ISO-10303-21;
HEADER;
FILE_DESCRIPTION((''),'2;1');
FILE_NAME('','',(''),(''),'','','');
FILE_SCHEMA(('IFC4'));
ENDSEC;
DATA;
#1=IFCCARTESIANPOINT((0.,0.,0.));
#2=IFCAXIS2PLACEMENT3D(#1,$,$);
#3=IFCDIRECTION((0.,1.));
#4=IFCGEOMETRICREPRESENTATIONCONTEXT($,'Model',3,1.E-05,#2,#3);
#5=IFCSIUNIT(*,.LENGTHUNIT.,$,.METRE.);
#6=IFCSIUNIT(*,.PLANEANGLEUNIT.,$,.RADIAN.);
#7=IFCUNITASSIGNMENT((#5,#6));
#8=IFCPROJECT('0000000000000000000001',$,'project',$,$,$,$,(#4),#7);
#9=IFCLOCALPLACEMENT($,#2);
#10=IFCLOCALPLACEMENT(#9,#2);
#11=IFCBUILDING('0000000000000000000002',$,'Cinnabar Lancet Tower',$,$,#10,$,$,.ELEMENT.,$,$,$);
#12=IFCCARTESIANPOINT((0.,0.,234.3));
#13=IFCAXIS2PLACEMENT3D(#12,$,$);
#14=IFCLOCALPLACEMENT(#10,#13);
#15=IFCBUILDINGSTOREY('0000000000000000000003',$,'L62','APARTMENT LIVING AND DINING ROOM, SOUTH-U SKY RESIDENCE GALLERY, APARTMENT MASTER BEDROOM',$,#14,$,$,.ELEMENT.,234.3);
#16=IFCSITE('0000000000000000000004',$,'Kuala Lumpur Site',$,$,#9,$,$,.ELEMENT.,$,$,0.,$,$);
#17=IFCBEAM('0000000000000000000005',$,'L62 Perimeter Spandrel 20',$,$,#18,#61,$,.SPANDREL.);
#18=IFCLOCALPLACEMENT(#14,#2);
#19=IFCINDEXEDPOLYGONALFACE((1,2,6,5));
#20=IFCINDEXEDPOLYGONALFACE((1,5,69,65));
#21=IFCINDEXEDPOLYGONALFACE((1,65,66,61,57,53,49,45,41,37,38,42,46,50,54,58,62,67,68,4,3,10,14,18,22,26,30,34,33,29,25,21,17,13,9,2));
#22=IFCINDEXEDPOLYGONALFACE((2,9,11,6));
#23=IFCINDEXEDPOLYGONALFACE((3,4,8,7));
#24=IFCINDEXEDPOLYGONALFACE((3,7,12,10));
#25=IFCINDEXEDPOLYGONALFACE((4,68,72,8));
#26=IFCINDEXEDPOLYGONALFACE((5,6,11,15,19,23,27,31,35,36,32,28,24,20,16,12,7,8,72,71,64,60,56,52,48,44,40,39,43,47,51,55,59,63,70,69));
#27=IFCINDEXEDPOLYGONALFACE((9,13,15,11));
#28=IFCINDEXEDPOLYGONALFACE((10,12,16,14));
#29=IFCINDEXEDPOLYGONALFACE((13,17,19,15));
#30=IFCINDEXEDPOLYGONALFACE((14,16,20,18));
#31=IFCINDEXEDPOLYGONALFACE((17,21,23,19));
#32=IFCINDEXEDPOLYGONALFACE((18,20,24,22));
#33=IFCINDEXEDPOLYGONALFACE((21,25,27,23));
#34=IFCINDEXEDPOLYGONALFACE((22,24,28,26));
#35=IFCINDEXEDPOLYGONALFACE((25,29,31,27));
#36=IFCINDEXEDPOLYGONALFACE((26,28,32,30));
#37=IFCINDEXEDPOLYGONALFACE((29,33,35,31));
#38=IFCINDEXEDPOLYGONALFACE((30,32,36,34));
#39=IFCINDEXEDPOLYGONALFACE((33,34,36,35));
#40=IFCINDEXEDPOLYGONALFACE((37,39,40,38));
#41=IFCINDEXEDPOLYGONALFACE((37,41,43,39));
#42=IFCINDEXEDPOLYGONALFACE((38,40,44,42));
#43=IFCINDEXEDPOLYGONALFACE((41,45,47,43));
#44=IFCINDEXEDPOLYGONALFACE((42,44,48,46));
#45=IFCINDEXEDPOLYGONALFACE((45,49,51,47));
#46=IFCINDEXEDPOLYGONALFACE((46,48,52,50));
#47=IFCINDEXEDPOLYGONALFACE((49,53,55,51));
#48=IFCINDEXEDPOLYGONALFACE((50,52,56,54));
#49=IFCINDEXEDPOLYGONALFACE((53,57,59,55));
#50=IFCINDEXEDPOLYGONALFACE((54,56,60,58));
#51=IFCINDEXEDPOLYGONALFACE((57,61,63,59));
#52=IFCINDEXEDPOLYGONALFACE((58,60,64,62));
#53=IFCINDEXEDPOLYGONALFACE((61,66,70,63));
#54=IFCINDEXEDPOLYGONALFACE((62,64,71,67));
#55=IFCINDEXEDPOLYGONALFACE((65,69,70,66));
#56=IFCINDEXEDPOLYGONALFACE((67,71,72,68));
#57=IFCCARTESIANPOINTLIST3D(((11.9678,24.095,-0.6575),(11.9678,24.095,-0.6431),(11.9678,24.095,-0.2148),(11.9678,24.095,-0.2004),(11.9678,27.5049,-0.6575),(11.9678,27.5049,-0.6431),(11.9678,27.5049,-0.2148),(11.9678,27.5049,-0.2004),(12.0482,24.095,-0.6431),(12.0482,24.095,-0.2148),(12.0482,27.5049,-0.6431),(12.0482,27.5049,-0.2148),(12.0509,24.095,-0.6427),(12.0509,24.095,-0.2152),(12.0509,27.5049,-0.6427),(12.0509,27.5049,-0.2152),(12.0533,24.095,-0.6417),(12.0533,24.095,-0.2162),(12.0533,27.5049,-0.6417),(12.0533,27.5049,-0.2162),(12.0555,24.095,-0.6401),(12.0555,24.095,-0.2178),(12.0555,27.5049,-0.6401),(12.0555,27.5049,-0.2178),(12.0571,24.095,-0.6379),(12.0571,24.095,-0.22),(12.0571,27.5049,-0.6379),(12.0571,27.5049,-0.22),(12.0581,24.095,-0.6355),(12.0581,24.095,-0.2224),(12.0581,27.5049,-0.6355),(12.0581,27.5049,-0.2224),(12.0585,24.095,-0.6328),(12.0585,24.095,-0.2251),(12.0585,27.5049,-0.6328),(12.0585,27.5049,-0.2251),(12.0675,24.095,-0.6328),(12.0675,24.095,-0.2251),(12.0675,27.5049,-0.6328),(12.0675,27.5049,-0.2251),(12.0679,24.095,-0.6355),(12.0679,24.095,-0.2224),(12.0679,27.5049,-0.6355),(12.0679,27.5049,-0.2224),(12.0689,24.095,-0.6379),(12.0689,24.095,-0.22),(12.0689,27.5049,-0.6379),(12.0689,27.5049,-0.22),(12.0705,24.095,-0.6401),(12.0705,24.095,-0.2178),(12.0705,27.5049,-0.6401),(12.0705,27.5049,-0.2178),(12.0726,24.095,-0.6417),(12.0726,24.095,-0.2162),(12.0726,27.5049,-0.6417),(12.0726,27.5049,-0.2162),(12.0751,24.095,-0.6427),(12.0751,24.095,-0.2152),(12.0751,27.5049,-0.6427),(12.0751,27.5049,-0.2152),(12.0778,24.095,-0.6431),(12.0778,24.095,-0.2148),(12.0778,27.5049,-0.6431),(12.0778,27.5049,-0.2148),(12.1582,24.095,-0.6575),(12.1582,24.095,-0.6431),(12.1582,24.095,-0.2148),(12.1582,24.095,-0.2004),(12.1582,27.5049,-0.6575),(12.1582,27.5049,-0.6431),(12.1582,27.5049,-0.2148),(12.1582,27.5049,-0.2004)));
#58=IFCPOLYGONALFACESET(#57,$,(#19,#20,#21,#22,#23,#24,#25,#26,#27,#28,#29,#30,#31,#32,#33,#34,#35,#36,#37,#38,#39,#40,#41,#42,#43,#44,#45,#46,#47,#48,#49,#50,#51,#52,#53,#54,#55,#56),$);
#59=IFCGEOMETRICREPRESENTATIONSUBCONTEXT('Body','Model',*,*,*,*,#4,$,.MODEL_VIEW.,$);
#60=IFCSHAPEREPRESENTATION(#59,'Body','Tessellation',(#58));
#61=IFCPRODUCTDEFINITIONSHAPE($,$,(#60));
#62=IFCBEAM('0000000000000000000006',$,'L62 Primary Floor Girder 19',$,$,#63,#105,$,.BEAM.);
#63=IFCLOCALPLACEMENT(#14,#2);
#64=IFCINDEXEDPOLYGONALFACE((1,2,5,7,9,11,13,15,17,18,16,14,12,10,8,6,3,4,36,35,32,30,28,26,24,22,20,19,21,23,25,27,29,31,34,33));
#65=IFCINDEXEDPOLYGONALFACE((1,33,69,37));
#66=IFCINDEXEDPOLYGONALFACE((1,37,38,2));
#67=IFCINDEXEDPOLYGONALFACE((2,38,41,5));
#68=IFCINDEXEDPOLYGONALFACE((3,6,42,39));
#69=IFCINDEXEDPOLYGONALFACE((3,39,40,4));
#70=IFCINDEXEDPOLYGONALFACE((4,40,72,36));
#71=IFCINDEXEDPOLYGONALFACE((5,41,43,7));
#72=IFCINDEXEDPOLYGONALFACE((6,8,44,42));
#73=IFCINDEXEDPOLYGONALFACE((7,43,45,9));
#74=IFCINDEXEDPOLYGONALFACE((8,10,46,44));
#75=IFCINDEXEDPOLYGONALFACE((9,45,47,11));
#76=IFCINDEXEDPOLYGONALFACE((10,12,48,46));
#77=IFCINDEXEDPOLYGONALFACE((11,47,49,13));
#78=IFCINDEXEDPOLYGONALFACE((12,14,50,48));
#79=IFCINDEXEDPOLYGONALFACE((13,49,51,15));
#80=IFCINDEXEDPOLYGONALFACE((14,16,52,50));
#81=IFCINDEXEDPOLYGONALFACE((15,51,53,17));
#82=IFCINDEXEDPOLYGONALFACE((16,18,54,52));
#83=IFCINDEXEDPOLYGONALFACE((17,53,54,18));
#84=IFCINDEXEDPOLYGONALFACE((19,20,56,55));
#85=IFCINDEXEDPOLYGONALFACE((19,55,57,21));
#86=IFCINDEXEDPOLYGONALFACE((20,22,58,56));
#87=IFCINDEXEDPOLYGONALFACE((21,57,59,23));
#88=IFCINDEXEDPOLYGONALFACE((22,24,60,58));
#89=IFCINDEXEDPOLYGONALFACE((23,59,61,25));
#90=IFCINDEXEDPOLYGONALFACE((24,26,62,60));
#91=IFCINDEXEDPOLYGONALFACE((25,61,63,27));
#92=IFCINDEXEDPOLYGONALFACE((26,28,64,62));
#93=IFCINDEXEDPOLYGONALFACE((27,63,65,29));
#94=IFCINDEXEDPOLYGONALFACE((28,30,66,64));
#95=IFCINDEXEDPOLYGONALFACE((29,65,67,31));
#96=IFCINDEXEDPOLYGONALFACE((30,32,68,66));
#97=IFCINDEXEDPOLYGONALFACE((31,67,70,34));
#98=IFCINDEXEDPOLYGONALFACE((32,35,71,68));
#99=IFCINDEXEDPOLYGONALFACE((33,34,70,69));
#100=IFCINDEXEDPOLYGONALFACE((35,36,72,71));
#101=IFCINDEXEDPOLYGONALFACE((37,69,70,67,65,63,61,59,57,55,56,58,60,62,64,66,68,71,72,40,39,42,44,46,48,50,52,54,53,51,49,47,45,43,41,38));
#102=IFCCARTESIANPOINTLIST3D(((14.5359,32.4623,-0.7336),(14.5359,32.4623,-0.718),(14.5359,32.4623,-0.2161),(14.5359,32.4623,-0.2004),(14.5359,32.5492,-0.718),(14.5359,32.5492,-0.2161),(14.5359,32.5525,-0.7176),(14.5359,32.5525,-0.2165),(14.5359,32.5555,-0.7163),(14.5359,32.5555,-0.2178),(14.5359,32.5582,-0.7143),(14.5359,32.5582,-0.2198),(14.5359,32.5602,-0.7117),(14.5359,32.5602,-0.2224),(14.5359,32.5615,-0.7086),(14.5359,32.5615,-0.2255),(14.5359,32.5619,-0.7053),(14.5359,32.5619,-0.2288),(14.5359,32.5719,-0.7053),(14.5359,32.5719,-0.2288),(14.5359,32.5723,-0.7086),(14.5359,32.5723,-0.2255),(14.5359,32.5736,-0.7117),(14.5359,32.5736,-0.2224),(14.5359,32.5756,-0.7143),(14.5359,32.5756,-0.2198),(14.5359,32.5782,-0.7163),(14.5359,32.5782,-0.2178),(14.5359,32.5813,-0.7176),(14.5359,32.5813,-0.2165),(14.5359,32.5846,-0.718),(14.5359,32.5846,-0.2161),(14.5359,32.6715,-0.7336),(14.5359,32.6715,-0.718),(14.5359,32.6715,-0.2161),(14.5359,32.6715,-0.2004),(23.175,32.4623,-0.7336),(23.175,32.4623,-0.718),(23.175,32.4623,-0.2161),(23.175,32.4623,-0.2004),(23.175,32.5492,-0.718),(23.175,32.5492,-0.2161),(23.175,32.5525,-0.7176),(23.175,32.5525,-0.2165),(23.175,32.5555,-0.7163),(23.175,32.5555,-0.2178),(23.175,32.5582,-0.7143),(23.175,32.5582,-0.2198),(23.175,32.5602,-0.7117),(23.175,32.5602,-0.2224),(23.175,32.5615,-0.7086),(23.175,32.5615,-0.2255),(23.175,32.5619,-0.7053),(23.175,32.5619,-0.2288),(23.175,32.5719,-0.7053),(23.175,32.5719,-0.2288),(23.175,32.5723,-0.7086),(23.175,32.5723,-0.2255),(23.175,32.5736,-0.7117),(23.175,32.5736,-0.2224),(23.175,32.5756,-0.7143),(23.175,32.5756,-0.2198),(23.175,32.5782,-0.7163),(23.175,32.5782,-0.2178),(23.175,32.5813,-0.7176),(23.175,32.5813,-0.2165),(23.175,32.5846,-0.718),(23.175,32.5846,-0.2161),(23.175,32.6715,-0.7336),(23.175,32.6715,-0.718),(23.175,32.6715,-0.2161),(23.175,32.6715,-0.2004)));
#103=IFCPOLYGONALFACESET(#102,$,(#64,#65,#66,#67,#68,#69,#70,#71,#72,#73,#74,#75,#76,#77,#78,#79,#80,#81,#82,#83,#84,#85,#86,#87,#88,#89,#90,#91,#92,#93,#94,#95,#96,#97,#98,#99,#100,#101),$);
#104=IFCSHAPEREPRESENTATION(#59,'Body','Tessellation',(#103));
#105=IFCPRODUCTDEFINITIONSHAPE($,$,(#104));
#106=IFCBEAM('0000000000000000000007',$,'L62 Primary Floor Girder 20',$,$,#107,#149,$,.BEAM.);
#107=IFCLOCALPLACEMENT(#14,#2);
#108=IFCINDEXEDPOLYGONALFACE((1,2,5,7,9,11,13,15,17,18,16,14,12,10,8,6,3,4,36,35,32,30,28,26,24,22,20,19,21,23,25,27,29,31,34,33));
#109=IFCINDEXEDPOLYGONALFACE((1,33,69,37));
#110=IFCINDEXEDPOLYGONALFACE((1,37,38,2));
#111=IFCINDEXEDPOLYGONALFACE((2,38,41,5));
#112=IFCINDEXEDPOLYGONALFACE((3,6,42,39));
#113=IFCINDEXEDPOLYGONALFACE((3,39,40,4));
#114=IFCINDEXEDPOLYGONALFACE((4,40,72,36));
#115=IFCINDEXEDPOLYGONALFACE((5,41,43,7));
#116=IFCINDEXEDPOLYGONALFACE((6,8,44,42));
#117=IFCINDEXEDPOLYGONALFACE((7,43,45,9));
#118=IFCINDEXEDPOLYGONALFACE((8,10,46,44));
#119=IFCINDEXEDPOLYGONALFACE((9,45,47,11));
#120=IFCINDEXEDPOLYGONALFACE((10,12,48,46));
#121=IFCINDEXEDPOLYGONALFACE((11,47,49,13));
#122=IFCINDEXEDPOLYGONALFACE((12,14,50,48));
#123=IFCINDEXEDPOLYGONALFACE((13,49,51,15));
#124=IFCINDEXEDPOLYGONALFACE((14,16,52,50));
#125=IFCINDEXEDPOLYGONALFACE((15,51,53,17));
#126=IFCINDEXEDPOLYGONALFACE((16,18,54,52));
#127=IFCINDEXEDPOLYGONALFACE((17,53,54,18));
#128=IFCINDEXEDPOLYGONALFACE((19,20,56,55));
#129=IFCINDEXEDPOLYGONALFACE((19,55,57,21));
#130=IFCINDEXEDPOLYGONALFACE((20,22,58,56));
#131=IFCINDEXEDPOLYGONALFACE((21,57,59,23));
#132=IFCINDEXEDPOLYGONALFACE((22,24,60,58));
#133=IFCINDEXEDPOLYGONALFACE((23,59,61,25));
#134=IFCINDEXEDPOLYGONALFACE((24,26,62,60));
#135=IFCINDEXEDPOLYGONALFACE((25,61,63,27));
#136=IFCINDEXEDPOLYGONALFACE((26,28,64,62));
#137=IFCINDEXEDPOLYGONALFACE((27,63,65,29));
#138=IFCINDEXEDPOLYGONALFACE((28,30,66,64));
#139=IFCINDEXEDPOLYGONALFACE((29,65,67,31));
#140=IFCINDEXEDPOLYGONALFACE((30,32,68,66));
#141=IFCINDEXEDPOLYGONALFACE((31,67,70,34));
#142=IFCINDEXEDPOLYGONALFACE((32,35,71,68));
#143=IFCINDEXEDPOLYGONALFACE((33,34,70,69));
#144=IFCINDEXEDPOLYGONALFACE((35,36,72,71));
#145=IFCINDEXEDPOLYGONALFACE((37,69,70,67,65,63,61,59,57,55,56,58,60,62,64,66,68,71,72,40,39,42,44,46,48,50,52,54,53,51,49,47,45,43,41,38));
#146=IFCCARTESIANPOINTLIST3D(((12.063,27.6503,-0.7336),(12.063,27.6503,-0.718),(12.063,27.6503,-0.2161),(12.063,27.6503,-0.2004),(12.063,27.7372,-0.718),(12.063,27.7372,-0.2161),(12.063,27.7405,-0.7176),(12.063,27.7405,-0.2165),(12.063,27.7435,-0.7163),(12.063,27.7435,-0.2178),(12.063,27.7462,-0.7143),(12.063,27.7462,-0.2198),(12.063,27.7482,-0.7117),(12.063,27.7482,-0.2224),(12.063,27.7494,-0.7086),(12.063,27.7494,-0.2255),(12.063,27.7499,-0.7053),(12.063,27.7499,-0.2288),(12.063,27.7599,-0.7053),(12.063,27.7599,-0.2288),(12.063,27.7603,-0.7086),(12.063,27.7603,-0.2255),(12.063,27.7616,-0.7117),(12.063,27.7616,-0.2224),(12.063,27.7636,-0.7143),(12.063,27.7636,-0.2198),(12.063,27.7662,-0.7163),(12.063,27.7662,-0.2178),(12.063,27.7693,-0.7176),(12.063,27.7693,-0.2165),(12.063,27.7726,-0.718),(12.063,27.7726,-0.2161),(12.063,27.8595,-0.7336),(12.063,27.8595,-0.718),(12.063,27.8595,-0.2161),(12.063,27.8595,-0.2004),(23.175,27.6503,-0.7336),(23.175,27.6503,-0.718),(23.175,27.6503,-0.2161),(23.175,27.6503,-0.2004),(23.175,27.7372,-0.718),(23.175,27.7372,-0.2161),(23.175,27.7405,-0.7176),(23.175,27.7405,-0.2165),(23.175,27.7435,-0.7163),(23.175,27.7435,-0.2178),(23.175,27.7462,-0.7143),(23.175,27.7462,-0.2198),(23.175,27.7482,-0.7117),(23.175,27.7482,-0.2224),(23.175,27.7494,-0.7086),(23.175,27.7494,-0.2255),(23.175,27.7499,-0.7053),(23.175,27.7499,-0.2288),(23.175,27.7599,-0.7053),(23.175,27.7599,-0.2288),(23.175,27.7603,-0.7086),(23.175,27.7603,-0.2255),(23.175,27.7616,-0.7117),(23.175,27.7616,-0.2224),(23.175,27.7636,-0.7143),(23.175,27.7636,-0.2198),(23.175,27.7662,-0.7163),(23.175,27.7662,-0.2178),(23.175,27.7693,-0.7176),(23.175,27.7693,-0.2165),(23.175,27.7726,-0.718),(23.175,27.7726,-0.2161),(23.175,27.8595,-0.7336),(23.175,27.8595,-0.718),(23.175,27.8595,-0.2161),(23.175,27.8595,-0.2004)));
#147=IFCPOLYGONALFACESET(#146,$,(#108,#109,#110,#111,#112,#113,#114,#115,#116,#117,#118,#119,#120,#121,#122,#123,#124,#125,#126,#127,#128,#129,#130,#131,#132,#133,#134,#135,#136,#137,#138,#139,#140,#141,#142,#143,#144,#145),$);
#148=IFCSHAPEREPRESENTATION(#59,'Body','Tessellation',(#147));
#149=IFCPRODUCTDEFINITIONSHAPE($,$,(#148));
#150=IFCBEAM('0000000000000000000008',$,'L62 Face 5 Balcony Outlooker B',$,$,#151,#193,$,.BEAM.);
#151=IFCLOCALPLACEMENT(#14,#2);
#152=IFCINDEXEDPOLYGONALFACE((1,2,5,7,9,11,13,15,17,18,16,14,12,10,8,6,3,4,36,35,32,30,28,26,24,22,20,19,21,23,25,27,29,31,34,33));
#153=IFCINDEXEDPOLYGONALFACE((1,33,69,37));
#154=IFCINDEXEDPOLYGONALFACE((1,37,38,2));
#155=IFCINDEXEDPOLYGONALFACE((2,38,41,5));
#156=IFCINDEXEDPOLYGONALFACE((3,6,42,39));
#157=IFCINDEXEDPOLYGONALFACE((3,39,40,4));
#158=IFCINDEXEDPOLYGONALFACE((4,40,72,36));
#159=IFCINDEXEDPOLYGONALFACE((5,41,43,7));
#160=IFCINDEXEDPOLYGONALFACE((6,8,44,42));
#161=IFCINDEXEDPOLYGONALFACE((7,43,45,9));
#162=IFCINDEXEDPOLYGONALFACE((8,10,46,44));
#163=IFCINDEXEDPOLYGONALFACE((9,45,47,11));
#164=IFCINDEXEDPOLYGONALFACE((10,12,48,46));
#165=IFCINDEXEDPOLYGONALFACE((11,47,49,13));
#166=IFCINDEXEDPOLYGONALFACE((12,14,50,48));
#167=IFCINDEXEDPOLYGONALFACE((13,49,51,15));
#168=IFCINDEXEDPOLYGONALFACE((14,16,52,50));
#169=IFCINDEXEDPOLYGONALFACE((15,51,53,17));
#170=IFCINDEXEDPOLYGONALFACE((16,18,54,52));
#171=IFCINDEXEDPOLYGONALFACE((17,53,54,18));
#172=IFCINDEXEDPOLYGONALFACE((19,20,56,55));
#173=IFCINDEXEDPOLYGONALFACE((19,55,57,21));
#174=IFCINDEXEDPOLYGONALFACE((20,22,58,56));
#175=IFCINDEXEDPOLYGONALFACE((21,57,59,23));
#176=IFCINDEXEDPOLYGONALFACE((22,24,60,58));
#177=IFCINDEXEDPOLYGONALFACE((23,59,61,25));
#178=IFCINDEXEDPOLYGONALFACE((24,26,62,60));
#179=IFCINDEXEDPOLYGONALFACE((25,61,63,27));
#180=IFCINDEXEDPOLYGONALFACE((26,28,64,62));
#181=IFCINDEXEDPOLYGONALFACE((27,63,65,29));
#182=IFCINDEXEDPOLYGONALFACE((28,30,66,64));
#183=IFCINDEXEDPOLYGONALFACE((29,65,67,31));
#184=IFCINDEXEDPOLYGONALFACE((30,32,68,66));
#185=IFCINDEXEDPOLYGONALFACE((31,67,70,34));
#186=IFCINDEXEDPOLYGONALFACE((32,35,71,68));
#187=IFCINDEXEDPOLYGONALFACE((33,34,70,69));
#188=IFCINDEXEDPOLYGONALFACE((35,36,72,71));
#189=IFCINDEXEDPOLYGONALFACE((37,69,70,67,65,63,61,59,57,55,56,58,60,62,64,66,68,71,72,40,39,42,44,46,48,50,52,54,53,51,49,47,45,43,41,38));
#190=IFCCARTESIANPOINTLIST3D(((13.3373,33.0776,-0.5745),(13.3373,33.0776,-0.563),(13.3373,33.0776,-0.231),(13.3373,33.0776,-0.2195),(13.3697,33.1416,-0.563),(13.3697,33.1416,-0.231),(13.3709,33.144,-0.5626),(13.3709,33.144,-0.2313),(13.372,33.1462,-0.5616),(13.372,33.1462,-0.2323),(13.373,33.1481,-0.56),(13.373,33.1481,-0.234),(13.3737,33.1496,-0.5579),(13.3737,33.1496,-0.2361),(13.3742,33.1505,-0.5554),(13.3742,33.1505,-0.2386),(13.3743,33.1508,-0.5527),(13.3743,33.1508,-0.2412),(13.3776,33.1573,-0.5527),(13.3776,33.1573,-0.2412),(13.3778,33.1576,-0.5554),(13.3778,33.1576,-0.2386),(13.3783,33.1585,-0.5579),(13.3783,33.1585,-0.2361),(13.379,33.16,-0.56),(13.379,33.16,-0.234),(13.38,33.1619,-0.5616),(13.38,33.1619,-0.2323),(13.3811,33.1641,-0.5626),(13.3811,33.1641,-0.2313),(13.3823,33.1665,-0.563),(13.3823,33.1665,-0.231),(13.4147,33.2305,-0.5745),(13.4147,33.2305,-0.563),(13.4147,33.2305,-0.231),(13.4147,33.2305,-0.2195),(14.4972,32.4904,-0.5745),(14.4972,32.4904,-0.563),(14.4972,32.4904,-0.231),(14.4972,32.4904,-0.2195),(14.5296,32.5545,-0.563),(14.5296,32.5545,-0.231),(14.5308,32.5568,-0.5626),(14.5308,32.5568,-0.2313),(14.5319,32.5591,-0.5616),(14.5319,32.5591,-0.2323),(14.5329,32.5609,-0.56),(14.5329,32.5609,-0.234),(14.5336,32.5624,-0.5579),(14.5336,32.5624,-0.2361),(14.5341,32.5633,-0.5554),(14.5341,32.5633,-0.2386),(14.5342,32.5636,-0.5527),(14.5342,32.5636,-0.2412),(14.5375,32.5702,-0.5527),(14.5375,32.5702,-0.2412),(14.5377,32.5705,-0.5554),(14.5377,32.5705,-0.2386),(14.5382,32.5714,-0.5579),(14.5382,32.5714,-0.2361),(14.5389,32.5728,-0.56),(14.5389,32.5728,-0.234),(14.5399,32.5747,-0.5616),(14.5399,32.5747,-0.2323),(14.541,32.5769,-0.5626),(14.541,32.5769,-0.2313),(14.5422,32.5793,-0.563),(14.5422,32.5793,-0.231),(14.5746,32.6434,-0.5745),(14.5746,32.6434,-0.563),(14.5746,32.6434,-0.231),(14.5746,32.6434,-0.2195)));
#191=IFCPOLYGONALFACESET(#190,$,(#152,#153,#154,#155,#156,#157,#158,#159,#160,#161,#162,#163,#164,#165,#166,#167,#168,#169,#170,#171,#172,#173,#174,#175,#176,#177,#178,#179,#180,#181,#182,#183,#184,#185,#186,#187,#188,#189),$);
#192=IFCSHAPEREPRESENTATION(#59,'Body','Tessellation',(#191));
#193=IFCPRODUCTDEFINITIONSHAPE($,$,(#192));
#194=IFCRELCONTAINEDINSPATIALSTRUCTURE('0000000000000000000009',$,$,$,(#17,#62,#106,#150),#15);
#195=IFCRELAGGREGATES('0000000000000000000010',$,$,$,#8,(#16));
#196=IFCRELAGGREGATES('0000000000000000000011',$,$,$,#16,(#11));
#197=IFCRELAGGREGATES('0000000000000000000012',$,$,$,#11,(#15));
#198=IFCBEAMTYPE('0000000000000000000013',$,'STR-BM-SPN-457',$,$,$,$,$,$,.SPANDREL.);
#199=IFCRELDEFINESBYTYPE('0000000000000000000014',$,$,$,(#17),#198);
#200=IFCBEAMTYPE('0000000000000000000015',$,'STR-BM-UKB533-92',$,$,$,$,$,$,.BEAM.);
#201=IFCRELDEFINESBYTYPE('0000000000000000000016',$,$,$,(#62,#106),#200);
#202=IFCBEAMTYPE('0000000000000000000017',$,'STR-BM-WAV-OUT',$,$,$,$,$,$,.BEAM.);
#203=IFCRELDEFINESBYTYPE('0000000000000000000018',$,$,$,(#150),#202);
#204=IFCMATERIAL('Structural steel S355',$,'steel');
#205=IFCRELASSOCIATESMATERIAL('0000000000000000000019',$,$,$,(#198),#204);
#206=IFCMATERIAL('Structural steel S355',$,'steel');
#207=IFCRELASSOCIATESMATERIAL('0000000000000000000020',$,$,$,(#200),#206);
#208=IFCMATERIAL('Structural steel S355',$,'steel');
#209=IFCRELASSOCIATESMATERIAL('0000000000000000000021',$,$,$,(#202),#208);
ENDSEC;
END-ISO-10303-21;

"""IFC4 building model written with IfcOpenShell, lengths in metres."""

from ifc_helpers import new_model, si_unit, direction, frame, origin, origin_2d, place, context, subcontext, project, spatial, i_section, extrude, material, material_profile, profile_set, type_object, element, save


model = new_model("IFC4")

# Units and contexts
model_context = context("Model", 3, precision=1e-05, world=origin(), true_north=direction((0.0, 1.0)))
body_context = subcontext(model_context, "Body", "Model", "MODEL_VIEW")
ifc_project = project(units=[si_unit("LENGTHUNIT", "METRE"), si_unit("PLANEANGLEUNIT", "RADIAN")], contexts=[model_context])

# Site, building, storey
site_placement = place(None, origin())
site = spatial("IfcSite", under=ifc_project, at=site_placement, Name="Kuala Lumpur Site", CompositionType="ELEMENT", RefElevation=0.0)
building_placement = place(site_placement, origin())
building = spatial("IfcBuilding", under=site, at=building_placement, Name="Cinnabar Lancet Tower", CompositionType="ELEMENT")
storey_placement = place(building_placement, frame((0.0, 0.0, 234.3)))
storey = spatial("IfcBuildingStorey", under=building, at=storey_placement, Name="L62", Description="APARTMENT LIVING AND DINING ROOM, SOUTH-U SKY RESIDENCE GALLERY, APARTMENT MASTER BEDROOM", CompositionType="ELEMENT", Elevation=234.3)

# Beams
ifc_material_1 = material(Name="Structural steel S355", Category="steel")
ifc_material_profile_1 = material_profile(ifc_material_1, i_section(OverallWidth=0.1904, OverallDepth=0.457, WebThickness=0.009, FlangeThickness=0.0144, FilletRadius=0.0103, at=origin_2d()), Name="UKB 457x191x74")
ifc_profile_set_1 = profile_set([ifc_material_profile_1], Name="Structural steel S355")
beam_type_1 = type_object("IfcBeamType", Name="STR-BM-SPN-457", PredefinedType="SPANDREL", material=ifc_profile_set_1)
beam_1_placement = place(storey_placement, frame((12.063, 27.5049, -0.429), z_axis=(0.0, -1.0, 0.0), x_axis=(1.0, 0.0, 0.0)))
element("IfcBeam", 1, at=beam_1_placement, inside=storey, type_object=beam_type_1, Name="L62 Perimeter Spandrel 20", PredefinedType="SPANDREL", context=body_context, shape_type="SweptSolid", body=[
    extrude(i_section(OverallWidth=0.1904, OverallDepth=0.457, WebThickness=0.009, FlangeThickness=0.0144, FilletRadius=0.0103, at=origin_2d()), origin(), (0.0, 0.0, 1.0), 3.4099),
])
ifc_material_2 = material(Name="Structural steel S355", Category="steel")
ifc_material_profile_2 = material_profile(ifc_material_2, i_section(OverallWidth=0.2092, OverallDepth=0.5332, WebThickness=0.01, FlangeThickness=0.0156, FilletRadius=0.0127, at=origin_2d()), Name="UKB 533x210x92")
ifc_profile_set_2 = profile_set([ifc_material_profile_2], Name="Structural steel S355")
beam_type_2 = type_object("IfcBeamType", Name="STR-BM-UKB533-92", PredefinedType="BEAM", material=ifc_profile_set_2)
beam_2_placement = place(storey_placement, frame((14.5359, 32.5669, -0.467), z_axis=(1.0, 0.0, 0.0), x_axis=(0.0, 1.0, 0.0)))
element("IfcBeam", 2, at=beam_2_placement, inside=storey, type_object=beam_type_2, Name="L62 Primary Floor Girder 19", PredefinedType="BEAM", context=body_context, shape_type="SweptSolid", body=[
    extrude(i_section(OverallWidth=0.2092, OverallDepth=0.5332, WebThickness=0.01, FlangeThickness=0.0156, FilletRadius=0.0127, at=origin_2d()), origin(), (0.0, 0.0, 1.0), 8.6392),
])
beam_3_placement = place(storey_placement, frame((12.063, 27.7549, -0.467), z_axis=(1.0, 0.0, 0.0), x_axis=(0.0, 1.0, 0.0)))
element("IfcBeam", 3, at=beam_3_placement, inside=storey, type_object=beam_type_2, Name="L62 Primary Floor Girder 20", PredefinedType="BEAM", context=body_context, shape_type="SweptSolid", body=[
    extrude(i_section(OverallWidth=0.2092, OverallDepth=0.5332, WebThickness=0.01, FlangeThickness=0.0156, FilletRadius=0.0127, at=origin_2d()), origin(), (0.0, 0.0, 1.0), 11.1121),
])
ifc_material_3 = material(Name="Structural steel S355", Category="steel")
ifc_material_profile_3 = material_profile(ifc_material_3, i_section(OverallWidth=0.1714, OverallDepth=0.355, WebThickness=0.0073, FlangeThickness=0.0115, FilletRadius=0.0103, at=origin_2d()), Name="UKB 356x171x51")
ifc_profile_set_3 = profile_set([ifc_material_profile_3], Name="Structural steel S355")
beam_type_3 = type_object("IfcBeamType", Name="STR-BM-WAV-OUT", PredefinedType="BEAM", material=ifc_profile_set_3)
beam_4_placement = place(storey_placement, frame((14.5359, 32.5669, -0.397), z_axis=(-0.8922, 0.45164, 0.0), x_axis=(-0.45164, -0.8922, 0.0)))
element("IfcBeam", 4, at=beam_4_placement, inside=storey, type_object=beam_type_3, Name="L62 Face 5 Balcony Outlooker B", PredefinedType="BEAM", context=body_context, shape_type="SweptSolid", body=[
    extrude(i_section(OverallWidth=0.1714, OverallDepth=0.355, WebThickness=0.0073, FlangeThickness=0.0115, FilletRadius=0.0103, at=origin_2d()), origin(), (0.0, 0.0, 1.0), 1.3),
])

save(model, "model.ifc")
